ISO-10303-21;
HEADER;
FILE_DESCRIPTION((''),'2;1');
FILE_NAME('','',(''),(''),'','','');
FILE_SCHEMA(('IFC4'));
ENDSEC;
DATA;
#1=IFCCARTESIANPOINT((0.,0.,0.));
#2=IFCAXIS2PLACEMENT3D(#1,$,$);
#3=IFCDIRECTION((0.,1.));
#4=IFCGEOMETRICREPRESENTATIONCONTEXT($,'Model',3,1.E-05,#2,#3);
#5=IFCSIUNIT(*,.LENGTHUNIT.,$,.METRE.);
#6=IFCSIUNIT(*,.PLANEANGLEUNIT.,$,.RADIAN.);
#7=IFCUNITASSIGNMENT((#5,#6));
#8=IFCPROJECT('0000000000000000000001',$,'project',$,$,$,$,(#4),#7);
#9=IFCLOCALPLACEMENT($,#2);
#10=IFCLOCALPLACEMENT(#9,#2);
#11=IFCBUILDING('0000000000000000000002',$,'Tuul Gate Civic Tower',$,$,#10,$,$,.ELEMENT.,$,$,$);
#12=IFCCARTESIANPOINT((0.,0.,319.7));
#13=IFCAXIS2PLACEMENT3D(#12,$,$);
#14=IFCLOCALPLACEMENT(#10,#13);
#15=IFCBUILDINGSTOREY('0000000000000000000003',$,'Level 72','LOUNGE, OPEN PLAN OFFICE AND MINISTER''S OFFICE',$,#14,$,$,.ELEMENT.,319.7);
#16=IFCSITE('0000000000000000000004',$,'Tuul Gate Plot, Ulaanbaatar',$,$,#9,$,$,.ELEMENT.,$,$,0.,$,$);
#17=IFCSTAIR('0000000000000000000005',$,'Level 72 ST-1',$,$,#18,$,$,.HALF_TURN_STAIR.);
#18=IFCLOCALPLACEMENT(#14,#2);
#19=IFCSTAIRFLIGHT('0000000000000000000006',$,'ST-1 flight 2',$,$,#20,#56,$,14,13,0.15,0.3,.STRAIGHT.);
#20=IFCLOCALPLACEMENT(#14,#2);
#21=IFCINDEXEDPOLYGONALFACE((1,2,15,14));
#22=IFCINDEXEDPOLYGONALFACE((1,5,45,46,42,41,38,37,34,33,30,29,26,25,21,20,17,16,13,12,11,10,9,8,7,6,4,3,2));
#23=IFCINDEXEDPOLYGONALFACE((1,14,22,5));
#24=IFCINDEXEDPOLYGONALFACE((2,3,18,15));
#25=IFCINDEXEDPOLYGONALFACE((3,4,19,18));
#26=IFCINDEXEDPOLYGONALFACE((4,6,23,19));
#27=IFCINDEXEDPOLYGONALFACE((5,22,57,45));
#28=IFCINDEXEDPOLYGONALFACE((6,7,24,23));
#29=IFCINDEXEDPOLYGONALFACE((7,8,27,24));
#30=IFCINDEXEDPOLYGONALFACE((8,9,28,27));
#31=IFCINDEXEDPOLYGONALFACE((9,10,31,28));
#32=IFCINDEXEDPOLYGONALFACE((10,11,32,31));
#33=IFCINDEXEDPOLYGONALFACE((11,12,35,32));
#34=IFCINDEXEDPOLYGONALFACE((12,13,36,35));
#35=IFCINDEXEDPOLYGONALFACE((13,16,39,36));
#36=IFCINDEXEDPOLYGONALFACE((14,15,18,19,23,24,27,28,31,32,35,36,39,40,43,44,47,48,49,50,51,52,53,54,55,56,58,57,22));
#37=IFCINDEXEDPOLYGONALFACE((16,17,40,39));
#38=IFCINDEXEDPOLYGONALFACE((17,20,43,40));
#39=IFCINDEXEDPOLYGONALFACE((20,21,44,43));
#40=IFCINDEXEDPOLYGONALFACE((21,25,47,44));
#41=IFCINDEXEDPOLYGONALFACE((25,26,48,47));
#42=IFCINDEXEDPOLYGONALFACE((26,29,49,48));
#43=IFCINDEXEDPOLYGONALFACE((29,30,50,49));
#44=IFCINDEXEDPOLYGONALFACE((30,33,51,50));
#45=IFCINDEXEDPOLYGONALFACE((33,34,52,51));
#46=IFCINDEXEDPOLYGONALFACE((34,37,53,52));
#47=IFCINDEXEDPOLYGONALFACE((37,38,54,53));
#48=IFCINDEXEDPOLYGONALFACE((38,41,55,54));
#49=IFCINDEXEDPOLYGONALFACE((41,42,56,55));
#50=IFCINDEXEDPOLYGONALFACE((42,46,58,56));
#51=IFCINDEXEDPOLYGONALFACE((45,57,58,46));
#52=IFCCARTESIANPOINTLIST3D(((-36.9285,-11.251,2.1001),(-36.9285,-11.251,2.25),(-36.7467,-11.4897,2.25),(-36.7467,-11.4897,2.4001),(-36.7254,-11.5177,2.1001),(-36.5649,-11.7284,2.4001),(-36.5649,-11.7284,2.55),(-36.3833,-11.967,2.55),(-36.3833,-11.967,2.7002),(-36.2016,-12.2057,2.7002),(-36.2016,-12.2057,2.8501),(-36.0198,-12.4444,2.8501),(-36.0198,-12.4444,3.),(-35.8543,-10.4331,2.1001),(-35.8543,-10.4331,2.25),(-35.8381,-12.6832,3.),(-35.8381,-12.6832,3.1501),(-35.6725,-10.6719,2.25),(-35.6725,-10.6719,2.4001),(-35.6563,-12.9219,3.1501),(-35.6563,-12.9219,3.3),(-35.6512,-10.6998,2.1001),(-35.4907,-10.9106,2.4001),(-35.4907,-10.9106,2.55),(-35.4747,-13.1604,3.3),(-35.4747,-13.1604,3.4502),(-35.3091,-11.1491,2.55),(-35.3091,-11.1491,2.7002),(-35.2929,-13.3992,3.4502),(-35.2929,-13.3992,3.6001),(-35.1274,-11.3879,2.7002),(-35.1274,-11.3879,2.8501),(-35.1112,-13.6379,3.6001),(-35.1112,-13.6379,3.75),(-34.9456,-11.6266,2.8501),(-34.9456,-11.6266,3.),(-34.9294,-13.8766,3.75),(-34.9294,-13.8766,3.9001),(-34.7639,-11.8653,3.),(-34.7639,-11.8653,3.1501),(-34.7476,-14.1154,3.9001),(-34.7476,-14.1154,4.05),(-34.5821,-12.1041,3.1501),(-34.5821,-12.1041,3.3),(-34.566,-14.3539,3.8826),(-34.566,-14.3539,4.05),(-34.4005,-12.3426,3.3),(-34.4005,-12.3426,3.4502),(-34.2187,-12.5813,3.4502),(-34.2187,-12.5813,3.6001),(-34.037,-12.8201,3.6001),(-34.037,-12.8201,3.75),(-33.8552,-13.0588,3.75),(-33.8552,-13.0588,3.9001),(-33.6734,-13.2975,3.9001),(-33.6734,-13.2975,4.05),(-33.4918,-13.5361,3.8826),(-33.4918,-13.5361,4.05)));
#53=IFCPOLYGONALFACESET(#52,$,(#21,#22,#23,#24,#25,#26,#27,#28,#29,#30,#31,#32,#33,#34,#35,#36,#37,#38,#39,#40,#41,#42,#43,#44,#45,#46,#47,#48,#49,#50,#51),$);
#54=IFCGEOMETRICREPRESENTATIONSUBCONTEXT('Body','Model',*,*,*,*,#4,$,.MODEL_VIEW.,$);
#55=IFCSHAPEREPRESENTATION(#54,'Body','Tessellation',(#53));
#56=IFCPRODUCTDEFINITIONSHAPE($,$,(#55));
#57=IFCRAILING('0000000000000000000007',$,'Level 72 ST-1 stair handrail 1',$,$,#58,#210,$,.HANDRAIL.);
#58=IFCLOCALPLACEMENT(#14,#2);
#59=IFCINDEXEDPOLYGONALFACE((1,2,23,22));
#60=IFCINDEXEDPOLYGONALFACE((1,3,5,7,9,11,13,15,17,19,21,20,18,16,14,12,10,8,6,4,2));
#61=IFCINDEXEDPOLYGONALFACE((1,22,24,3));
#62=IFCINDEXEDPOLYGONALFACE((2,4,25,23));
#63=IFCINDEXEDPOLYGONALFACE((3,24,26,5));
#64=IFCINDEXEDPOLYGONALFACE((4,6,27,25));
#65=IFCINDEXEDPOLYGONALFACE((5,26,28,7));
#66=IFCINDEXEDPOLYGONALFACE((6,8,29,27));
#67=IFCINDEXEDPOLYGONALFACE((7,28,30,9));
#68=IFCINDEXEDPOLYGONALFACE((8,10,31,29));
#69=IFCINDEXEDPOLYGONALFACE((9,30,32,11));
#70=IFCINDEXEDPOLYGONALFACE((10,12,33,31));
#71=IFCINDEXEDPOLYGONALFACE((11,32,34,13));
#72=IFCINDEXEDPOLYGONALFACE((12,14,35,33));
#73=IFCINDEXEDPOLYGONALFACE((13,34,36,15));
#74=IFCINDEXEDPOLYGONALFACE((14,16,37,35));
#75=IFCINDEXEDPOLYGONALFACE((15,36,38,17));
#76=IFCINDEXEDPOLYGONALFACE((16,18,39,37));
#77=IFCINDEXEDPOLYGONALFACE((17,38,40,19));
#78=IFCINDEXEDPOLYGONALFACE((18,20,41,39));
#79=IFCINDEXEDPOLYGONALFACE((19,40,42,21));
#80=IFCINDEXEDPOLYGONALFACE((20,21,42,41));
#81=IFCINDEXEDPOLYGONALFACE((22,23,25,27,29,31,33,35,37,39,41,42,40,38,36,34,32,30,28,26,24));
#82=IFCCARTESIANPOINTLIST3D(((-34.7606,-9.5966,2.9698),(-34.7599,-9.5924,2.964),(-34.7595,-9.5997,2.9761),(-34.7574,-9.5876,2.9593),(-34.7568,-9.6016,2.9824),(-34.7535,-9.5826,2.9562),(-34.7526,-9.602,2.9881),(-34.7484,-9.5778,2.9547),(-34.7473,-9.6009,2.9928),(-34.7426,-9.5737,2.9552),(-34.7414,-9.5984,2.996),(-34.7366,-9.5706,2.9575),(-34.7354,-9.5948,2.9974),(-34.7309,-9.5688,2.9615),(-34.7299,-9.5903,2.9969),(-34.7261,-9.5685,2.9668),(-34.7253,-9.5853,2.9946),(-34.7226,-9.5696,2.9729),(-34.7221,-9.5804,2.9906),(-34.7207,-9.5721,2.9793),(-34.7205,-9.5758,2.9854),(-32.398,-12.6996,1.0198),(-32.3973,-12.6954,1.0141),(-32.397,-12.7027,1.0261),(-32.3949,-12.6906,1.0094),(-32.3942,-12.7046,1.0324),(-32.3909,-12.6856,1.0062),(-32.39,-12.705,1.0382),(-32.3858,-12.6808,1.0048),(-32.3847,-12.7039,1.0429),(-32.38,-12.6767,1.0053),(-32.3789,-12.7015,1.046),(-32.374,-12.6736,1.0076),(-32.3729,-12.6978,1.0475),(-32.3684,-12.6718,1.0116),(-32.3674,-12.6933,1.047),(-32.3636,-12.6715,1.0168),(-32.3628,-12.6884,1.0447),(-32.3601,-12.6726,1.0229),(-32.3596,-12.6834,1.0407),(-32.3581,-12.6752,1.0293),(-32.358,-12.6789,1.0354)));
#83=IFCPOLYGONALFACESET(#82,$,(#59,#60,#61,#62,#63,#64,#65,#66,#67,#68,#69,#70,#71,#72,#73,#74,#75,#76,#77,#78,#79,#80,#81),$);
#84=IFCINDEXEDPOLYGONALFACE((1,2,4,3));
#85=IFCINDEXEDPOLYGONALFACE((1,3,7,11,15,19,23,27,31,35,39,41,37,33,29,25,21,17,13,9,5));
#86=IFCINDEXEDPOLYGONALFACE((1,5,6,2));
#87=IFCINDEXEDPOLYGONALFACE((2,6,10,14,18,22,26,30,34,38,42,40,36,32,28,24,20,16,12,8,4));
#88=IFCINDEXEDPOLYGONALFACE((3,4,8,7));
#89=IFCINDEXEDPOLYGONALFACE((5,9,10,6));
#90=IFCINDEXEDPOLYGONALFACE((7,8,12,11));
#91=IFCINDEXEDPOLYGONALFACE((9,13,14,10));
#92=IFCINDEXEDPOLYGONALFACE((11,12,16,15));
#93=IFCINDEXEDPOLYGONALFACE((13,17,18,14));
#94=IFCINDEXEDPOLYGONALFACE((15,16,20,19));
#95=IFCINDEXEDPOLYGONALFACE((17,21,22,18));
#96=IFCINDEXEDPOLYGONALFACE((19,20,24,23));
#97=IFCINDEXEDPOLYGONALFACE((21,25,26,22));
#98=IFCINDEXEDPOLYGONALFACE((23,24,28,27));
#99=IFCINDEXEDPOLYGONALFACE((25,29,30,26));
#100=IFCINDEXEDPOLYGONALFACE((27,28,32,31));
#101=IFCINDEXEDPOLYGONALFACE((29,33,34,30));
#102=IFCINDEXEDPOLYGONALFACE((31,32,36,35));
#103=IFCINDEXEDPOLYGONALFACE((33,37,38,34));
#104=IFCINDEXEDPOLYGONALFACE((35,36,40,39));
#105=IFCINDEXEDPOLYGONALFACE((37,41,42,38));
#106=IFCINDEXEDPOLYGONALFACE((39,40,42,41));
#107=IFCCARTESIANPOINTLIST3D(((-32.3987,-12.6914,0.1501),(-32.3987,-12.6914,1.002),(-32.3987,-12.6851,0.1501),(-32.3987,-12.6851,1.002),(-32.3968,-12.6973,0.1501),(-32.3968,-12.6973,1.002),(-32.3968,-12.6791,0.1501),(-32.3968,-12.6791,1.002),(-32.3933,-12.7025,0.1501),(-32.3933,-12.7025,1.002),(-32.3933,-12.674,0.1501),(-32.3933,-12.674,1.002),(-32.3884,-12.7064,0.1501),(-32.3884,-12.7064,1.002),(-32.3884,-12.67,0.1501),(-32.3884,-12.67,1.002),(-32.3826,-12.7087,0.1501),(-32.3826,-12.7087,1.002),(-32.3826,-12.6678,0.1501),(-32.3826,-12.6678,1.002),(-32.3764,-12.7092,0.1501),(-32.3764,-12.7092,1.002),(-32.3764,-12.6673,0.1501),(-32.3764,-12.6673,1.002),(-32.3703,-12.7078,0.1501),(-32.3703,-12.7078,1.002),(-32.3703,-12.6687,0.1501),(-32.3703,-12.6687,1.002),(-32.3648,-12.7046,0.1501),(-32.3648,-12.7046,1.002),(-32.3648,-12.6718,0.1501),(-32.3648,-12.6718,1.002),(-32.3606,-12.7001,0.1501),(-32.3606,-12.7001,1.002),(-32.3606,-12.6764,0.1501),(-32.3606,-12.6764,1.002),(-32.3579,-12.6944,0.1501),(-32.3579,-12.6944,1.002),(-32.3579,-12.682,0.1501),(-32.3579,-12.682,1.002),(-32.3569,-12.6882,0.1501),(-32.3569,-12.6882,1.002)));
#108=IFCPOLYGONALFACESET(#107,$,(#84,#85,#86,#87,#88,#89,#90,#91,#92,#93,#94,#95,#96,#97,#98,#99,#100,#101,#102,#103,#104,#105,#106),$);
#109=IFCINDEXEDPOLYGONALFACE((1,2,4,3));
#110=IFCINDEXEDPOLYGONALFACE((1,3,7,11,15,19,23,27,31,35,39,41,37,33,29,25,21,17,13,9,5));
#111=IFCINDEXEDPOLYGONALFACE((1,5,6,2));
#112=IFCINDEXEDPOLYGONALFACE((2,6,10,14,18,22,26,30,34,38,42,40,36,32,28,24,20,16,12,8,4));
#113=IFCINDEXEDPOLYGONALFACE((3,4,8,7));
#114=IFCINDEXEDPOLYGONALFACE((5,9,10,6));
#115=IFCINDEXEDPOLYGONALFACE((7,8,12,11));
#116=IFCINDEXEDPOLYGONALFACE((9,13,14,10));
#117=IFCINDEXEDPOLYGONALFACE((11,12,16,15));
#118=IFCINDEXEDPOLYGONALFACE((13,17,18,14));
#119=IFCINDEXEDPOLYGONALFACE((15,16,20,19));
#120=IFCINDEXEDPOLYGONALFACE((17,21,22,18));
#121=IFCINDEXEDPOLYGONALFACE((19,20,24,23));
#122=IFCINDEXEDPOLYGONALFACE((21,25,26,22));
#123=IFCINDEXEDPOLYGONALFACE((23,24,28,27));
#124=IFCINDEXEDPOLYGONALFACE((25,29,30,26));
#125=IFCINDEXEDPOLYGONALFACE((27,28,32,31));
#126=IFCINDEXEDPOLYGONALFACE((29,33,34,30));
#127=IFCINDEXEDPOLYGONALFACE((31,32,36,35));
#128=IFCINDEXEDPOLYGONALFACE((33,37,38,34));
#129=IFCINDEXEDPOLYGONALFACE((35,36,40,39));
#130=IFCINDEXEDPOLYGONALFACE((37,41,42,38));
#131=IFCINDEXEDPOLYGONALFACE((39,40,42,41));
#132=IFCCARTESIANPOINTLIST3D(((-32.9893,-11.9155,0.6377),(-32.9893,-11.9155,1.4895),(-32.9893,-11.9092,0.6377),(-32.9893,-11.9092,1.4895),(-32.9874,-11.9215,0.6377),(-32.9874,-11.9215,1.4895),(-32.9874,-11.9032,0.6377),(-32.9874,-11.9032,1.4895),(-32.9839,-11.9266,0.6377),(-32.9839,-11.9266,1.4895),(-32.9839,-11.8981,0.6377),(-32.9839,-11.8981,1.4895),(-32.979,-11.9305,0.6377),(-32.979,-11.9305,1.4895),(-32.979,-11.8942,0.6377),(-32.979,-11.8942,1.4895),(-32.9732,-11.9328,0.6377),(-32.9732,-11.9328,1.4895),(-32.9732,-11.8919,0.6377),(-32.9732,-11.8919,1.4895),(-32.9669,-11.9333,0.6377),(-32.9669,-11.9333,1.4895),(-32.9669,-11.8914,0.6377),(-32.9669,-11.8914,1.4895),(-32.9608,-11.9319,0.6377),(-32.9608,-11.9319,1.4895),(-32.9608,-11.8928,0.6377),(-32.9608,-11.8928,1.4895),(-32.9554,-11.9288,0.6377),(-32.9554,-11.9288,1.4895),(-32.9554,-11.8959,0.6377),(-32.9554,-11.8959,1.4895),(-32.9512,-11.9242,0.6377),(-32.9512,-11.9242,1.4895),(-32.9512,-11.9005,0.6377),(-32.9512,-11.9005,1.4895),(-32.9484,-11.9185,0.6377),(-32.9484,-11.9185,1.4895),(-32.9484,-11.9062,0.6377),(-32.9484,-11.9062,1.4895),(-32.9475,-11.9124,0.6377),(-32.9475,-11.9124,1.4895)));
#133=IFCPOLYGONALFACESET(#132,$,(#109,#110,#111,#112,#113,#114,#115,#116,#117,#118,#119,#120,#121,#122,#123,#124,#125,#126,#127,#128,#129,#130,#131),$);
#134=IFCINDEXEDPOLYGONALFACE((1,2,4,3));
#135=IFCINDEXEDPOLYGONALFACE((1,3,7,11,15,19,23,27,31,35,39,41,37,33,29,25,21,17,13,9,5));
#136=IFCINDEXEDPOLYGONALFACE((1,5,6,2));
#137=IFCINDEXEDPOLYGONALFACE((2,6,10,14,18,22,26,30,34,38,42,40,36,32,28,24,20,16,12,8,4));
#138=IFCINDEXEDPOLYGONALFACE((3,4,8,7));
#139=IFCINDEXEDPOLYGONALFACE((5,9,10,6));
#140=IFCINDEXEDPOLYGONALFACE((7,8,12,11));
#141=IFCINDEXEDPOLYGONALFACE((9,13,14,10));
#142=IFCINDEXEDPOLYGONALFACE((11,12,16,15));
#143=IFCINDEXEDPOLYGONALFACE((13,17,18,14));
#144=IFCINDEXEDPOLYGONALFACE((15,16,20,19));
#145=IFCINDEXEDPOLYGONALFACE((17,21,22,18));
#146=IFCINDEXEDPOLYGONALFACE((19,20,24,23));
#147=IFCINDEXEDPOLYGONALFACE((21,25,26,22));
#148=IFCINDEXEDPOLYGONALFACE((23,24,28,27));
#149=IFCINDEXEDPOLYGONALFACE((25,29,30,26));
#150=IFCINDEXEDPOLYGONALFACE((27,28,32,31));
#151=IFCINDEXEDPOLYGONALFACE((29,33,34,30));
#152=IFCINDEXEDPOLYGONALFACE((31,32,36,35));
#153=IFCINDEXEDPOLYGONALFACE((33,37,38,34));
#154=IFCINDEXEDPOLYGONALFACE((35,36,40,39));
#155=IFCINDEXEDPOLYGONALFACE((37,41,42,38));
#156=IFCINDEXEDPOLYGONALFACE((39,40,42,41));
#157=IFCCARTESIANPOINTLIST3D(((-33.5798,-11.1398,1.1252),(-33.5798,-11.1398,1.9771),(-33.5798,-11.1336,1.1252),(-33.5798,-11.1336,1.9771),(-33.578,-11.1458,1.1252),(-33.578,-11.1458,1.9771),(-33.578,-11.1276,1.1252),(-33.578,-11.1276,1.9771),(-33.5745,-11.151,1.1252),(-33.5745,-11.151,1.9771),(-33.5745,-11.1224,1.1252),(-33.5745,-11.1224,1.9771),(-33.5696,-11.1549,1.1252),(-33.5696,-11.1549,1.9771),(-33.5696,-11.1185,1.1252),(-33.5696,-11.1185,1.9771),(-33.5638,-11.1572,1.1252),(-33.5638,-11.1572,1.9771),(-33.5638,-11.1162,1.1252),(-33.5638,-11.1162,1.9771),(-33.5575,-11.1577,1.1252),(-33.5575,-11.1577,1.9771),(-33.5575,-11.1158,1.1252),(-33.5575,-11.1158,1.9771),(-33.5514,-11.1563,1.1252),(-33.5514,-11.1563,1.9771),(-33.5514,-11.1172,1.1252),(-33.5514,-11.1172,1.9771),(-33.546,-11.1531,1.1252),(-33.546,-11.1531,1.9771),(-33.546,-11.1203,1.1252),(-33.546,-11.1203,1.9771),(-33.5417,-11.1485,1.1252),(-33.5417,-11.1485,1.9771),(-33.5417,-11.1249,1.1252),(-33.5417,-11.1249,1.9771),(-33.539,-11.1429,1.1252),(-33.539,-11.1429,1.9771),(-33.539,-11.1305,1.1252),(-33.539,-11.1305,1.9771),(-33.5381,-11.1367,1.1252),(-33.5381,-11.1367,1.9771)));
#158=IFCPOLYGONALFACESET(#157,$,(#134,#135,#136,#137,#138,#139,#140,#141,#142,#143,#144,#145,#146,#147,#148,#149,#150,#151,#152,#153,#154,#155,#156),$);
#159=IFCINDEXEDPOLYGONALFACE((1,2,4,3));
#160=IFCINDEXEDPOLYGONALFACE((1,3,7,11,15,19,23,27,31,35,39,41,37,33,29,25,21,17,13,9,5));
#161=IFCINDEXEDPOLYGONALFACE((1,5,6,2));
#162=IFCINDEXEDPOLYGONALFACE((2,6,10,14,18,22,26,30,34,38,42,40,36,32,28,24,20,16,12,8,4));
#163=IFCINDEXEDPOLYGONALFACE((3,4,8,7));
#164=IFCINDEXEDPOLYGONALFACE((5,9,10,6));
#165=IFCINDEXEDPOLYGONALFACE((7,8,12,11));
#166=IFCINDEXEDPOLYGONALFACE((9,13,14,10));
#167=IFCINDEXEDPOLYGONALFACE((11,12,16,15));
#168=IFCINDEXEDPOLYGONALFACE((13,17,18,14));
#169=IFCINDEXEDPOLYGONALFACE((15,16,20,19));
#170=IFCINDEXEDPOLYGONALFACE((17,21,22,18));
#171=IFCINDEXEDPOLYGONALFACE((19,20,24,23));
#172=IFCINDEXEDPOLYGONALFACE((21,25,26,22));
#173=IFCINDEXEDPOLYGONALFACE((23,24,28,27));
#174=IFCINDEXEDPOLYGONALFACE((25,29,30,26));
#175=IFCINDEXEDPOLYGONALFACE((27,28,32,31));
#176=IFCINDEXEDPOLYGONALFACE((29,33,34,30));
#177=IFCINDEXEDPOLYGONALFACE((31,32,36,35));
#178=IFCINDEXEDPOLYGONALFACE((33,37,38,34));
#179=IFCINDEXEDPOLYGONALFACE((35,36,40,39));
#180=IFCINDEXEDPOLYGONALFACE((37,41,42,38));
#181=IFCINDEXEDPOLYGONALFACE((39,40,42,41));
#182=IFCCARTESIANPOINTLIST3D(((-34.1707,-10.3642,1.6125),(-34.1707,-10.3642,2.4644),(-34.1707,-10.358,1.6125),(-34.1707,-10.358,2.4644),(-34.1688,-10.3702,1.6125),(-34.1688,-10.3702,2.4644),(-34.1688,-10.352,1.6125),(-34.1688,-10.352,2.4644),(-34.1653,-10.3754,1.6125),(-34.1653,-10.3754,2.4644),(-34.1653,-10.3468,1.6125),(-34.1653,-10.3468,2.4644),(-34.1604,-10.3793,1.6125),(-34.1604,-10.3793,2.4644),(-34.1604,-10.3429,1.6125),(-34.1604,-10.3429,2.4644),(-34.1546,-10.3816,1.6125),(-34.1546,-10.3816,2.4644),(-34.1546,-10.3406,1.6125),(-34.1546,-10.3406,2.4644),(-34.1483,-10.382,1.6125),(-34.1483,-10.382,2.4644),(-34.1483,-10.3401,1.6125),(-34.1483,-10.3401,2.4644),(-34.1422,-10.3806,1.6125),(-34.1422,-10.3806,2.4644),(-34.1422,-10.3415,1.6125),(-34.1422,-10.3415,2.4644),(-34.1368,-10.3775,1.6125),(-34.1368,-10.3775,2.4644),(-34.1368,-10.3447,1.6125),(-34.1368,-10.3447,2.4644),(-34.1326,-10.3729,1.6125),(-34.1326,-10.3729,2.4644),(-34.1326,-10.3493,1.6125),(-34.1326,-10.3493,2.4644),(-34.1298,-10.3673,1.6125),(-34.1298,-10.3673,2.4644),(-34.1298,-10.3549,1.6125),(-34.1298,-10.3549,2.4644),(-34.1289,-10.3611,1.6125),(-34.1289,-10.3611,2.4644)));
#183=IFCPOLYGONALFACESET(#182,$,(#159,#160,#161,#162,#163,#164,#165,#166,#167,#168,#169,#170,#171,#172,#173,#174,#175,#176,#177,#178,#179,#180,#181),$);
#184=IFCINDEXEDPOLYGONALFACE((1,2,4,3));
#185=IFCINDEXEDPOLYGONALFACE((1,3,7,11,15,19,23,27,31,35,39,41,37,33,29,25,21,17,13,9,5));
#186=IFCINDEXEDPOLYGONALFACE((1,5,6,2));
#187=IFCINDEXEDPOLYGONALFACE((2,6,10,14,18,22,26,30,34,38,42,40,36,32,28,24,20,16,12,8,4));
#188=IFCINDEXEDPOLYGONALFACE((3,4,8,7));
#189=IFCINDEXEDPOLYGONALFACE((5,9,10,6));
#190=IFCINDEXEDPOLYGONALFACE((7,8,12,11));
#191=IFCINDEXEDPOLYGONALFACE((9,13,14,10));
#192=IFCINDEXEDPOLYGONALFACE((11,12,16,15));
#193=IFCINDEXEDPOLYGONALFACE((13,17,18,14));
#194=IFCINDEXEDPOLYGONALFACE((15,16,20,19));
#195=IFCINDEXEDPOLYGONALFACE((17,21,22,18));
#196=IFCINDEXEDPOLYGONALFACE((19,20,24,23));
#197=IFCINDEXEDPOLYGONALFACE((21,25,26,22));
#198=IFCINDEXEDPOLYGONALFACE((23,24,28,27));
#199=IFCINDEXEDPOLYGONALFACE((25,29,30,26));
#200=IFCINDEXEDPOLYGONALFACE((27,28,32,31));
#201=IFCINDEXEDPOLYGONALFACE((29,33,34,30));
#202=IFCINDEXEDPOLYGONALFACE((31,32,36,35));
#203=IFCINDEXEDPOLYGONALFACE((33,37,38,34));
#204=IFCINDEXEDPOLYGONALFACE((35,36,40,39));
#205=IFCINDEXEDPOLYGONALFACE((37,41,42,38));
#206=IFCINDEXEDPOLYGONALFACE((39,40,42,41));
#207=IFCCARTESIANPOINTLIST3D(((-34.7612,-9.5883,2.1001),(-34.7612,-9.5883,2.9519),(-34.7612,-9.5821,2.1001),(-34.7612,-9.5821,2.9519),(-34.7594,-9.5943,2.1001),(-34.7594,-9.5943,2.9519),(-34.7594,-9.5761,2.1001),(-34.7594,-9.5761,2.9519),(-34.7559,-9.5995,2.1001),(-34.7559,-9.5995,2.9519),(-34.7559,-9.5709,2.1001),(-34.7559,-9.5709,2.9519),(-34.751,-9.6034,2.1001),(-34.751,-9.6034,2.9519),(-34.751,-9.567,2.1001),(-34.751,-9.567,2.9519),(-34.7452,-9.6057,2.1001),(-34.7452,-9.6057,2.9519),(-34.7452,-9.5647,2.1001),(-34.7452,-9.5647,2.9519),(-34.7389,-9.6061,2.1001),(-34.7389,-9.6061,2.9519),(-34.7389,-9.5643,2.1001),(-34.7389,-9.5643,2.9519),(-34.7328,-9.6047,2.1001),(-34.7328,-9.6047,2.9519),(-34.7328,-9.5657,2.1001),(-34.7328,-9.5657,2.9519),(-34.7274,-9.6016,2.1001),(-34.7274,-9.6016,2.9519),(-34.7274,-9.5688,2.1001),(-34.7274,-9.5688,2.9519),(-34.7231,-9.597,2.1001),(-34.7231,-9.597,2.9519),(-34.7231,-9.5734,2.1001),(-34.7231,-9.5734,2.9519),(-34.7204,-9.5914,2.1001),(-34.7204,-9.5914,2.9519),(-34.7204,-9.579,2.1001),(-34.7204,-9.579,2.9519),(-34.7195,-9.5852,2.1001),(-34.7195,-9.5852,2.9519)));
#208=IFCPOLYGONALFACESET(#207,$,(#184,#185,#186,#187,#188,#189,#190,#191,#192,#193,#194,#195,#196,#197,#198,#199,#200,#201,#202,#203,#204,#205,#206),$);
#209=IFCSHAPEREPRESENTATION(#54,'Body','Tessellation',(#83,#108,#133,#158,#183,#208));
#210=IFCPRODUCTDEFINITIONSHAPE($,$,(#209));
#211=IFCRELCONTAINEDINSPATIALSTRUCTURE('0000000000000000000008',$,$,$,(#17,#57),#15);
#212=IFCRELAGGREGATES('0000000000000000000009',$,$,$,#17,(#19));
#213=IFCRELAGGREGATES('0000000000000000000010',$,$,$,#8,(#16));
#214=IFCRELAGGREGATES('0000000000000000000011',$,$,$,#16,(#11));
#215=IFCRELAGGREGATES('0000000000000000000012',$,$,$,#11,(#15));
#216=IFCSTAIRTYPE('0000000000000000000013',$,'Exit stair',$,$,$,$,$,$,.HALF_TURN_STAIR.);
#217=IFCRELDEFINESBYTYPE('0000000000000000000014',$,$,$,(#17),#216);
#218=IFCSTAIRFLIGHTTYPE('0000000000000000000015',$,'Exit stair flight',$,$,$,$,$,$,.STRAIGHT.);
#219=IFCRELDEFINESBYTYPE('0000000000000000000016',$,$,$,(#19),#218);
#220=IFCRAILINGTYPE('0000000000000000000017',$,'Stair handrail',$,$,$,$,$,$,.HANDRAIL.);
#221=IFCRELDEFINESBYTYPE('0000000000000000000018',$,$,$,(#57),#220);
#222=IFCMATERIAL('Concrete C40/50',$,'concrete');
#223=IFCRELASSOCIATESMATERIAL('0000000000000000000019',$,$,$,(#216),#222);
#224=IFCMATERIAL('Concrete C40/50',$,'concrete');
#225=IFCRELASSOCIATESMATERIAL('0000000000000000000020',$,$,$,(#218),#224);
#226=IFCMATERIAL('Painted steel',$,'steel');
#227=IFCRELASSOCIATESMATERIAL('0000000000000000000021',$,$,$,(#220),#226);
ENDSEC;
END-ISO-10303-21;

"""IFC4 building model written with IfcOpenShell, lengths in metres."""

from ifc_helpers import new_model, si_unit, direction, frame, origin, origin_2d, place, context, subcontext, project, spatial, polyline, circle, outline, extrude, material, type_object, element, aggregate, save


model = new_model("IFC4")

# Units and contexts
model_context = context("Model", 3, precision=1e-05, world=origin(), true_north=direction((0.0, 1.0)))
body_context = subcontext(model_context, "Body", "Model", "MODEL_VIEW")
ifc_project = project(units=[si_unit("LENGTHUNIT", "METRE"), si_unit("PLANEANGLEUNIT", "RADIAN")], contexts=[model_context])

# Site, building, storey
site_placement = place(None, origin())
site = spatial("IfcSite", under=ifc_project, at=site_placement, Name="Tuul Gate Plot, Ulaanbaatar", CompositionType="ELEMENT", RefElevation=0.0)
building_placement = place(site_placement, origin())
building = spatial("IfcBuilding", under=site, at=building_placement, Name="Tuul Gate Civic Tower", CompositionType="ELEMENT")
storey_placement = place(building_placement, frame((0.0, 0.0, 319.7)))
storey = spatial("IfcBuildingStorey", under=building, at=storey_placement, Name="Level 72", Description="LOUNGE, OPEN PLAN OFFICE AND MINISTER'S OFFICE", CompositionType="ELEMENT", Elevation=319.7)

# Stair, stair flight
ifc_material_1 = material(Name="Concrete C40/50", Category="concrete")
stair_type = type_object("IfcStairType", Name="Exit stair", PredefinedType="HALF_TURN_STAIR", material=ifc_material_1)
stair_placement = place(storey_placement, origin())
stair = element("IfcStair", 1, at=stair_placement, inside=storey, type_object=stair_type, Name="Level 72 ST-1", PredefinedType="HALF_TURN_STAIR")
ifc_material_2 = material(Name="Concrete C40/50", Category="concrete")
stair_flight_type = type_object("IfcStairFlightType", Name="Exit stair flight", PredefinedType="STRAIGHT", material=ifc_material_2)
stair_flight_1_placement = place(storey_placement, frame((-36.3914, -10.842, 2.1001), z_axis=(0.0, 0.0, 1.0), x_axis=(0.605764, -0.795644, 0.0)))
stair_flight_1 = element("IfcStairFlight", 2, at=stair_flight_1_placement, type_object=stair_flight_type, Name="ST-1 flight 2", NumberOfRisers=14, NumberOfTreads=13, PredefinedType="STRAIGHT", RiserHeight=0.15, TreadLength=0.3, context=body_context, shape_type="SweptSolid", body=[
    extrude(outline(polyline([(0.0, 0.0), (0.0, 0.1499), (0.3, 0.1499), (0.3, 0.3), (0.6001, 0.3), (0.6001, 0.45), (0.8999, 0.45), (0.8999, 0.6001), (1.2, 0.6001), (1.2, 0.75), (1.5, 0.75), (1.5, 0.8999), (1.8, 0.8999), (1.8, 1.05), (2.1001, 1.05), (2.1001, 1.2), (2.3999, 1.2), (2.3999, 1.3501), (2.7, 1.3501), (2.7, 1.5), (3.0, 1.5), (3.0, 1.6499), (3.3, 1.6499), (3.3, 1.8), (3.6001, 1.8), (3.6001, 1.95), (3.8999, 1.95), (3.8999, 2.1001), (3.8999, 1.7825), (0.3352, 0.0), (0.0, 0.0)])), frame((0.0, 0.675, 0.0), z_axis=(0.0, -1.0, 0.0), x_axis=(1.0, 0.0, 0.0)), (0.0, 0.0, 1.0), 1.3501),
])
aggregate(stair, [stair_flight_1])

# Railing
ifc_material_3 = material(Name="Painted steel", Category="steel")
railing_type_1 = type_object("IfcRailingType", Name="Stair handrail", PredefinedType="HANDRAIL", material=ifc_material_3)
railing_1_placement = place(storey_placement, frame((-32.3779, -12.6882, 0.1501)))
element("IfcRailing", 3, at=railing_1_placement, inside=storey, type_object=railing_type_1, Name="Level 72 ST-1 stair handrail 1", PredefinedType="HANDRAIL", context=body_context, shape_type="SweptSolid", body=[
    extrude(circle(Radius=0.0239, at=origin_2d()), frame((0.0, 0.0, 0.876), z_axis=(-0.541824, 0.711645, 0.4472), x_axis=(-0.795637, -0.605773, 0.0)), (0.0, 0.0, 1.0), 4.3604),
    extrude(circle(Radius=0.021, at=origin_2d()), origin(), (0.0, 0.0, 1.0), 0.8518),
    extrude(circle(Radius=0.021, at=origin_2d()), frame((-0.5906, 0.7759, 0.4875)), (0.0, 0.0, 1.0), 0.8518),
    extrude(circle(Radius=0.021, at=origin_2d()), frame((-1.1812, 1.5515, 0.9751)), (0.0, 0.0, 1.0), 0.8518),
    extrude(circle(Radius=0.021, at=origin_2d()), frame((-1.772, 2.3271, 1.4624)), (0.0, 0.0, 1.0), 0.8518),
    extrude(circle(Radius=0.021, at=origin_2d()), frame((-2.3625, 3.103, 1.95)), (0.0, 0.0, 1.0), 0.8518),
])

save(model, "model.ifc")
